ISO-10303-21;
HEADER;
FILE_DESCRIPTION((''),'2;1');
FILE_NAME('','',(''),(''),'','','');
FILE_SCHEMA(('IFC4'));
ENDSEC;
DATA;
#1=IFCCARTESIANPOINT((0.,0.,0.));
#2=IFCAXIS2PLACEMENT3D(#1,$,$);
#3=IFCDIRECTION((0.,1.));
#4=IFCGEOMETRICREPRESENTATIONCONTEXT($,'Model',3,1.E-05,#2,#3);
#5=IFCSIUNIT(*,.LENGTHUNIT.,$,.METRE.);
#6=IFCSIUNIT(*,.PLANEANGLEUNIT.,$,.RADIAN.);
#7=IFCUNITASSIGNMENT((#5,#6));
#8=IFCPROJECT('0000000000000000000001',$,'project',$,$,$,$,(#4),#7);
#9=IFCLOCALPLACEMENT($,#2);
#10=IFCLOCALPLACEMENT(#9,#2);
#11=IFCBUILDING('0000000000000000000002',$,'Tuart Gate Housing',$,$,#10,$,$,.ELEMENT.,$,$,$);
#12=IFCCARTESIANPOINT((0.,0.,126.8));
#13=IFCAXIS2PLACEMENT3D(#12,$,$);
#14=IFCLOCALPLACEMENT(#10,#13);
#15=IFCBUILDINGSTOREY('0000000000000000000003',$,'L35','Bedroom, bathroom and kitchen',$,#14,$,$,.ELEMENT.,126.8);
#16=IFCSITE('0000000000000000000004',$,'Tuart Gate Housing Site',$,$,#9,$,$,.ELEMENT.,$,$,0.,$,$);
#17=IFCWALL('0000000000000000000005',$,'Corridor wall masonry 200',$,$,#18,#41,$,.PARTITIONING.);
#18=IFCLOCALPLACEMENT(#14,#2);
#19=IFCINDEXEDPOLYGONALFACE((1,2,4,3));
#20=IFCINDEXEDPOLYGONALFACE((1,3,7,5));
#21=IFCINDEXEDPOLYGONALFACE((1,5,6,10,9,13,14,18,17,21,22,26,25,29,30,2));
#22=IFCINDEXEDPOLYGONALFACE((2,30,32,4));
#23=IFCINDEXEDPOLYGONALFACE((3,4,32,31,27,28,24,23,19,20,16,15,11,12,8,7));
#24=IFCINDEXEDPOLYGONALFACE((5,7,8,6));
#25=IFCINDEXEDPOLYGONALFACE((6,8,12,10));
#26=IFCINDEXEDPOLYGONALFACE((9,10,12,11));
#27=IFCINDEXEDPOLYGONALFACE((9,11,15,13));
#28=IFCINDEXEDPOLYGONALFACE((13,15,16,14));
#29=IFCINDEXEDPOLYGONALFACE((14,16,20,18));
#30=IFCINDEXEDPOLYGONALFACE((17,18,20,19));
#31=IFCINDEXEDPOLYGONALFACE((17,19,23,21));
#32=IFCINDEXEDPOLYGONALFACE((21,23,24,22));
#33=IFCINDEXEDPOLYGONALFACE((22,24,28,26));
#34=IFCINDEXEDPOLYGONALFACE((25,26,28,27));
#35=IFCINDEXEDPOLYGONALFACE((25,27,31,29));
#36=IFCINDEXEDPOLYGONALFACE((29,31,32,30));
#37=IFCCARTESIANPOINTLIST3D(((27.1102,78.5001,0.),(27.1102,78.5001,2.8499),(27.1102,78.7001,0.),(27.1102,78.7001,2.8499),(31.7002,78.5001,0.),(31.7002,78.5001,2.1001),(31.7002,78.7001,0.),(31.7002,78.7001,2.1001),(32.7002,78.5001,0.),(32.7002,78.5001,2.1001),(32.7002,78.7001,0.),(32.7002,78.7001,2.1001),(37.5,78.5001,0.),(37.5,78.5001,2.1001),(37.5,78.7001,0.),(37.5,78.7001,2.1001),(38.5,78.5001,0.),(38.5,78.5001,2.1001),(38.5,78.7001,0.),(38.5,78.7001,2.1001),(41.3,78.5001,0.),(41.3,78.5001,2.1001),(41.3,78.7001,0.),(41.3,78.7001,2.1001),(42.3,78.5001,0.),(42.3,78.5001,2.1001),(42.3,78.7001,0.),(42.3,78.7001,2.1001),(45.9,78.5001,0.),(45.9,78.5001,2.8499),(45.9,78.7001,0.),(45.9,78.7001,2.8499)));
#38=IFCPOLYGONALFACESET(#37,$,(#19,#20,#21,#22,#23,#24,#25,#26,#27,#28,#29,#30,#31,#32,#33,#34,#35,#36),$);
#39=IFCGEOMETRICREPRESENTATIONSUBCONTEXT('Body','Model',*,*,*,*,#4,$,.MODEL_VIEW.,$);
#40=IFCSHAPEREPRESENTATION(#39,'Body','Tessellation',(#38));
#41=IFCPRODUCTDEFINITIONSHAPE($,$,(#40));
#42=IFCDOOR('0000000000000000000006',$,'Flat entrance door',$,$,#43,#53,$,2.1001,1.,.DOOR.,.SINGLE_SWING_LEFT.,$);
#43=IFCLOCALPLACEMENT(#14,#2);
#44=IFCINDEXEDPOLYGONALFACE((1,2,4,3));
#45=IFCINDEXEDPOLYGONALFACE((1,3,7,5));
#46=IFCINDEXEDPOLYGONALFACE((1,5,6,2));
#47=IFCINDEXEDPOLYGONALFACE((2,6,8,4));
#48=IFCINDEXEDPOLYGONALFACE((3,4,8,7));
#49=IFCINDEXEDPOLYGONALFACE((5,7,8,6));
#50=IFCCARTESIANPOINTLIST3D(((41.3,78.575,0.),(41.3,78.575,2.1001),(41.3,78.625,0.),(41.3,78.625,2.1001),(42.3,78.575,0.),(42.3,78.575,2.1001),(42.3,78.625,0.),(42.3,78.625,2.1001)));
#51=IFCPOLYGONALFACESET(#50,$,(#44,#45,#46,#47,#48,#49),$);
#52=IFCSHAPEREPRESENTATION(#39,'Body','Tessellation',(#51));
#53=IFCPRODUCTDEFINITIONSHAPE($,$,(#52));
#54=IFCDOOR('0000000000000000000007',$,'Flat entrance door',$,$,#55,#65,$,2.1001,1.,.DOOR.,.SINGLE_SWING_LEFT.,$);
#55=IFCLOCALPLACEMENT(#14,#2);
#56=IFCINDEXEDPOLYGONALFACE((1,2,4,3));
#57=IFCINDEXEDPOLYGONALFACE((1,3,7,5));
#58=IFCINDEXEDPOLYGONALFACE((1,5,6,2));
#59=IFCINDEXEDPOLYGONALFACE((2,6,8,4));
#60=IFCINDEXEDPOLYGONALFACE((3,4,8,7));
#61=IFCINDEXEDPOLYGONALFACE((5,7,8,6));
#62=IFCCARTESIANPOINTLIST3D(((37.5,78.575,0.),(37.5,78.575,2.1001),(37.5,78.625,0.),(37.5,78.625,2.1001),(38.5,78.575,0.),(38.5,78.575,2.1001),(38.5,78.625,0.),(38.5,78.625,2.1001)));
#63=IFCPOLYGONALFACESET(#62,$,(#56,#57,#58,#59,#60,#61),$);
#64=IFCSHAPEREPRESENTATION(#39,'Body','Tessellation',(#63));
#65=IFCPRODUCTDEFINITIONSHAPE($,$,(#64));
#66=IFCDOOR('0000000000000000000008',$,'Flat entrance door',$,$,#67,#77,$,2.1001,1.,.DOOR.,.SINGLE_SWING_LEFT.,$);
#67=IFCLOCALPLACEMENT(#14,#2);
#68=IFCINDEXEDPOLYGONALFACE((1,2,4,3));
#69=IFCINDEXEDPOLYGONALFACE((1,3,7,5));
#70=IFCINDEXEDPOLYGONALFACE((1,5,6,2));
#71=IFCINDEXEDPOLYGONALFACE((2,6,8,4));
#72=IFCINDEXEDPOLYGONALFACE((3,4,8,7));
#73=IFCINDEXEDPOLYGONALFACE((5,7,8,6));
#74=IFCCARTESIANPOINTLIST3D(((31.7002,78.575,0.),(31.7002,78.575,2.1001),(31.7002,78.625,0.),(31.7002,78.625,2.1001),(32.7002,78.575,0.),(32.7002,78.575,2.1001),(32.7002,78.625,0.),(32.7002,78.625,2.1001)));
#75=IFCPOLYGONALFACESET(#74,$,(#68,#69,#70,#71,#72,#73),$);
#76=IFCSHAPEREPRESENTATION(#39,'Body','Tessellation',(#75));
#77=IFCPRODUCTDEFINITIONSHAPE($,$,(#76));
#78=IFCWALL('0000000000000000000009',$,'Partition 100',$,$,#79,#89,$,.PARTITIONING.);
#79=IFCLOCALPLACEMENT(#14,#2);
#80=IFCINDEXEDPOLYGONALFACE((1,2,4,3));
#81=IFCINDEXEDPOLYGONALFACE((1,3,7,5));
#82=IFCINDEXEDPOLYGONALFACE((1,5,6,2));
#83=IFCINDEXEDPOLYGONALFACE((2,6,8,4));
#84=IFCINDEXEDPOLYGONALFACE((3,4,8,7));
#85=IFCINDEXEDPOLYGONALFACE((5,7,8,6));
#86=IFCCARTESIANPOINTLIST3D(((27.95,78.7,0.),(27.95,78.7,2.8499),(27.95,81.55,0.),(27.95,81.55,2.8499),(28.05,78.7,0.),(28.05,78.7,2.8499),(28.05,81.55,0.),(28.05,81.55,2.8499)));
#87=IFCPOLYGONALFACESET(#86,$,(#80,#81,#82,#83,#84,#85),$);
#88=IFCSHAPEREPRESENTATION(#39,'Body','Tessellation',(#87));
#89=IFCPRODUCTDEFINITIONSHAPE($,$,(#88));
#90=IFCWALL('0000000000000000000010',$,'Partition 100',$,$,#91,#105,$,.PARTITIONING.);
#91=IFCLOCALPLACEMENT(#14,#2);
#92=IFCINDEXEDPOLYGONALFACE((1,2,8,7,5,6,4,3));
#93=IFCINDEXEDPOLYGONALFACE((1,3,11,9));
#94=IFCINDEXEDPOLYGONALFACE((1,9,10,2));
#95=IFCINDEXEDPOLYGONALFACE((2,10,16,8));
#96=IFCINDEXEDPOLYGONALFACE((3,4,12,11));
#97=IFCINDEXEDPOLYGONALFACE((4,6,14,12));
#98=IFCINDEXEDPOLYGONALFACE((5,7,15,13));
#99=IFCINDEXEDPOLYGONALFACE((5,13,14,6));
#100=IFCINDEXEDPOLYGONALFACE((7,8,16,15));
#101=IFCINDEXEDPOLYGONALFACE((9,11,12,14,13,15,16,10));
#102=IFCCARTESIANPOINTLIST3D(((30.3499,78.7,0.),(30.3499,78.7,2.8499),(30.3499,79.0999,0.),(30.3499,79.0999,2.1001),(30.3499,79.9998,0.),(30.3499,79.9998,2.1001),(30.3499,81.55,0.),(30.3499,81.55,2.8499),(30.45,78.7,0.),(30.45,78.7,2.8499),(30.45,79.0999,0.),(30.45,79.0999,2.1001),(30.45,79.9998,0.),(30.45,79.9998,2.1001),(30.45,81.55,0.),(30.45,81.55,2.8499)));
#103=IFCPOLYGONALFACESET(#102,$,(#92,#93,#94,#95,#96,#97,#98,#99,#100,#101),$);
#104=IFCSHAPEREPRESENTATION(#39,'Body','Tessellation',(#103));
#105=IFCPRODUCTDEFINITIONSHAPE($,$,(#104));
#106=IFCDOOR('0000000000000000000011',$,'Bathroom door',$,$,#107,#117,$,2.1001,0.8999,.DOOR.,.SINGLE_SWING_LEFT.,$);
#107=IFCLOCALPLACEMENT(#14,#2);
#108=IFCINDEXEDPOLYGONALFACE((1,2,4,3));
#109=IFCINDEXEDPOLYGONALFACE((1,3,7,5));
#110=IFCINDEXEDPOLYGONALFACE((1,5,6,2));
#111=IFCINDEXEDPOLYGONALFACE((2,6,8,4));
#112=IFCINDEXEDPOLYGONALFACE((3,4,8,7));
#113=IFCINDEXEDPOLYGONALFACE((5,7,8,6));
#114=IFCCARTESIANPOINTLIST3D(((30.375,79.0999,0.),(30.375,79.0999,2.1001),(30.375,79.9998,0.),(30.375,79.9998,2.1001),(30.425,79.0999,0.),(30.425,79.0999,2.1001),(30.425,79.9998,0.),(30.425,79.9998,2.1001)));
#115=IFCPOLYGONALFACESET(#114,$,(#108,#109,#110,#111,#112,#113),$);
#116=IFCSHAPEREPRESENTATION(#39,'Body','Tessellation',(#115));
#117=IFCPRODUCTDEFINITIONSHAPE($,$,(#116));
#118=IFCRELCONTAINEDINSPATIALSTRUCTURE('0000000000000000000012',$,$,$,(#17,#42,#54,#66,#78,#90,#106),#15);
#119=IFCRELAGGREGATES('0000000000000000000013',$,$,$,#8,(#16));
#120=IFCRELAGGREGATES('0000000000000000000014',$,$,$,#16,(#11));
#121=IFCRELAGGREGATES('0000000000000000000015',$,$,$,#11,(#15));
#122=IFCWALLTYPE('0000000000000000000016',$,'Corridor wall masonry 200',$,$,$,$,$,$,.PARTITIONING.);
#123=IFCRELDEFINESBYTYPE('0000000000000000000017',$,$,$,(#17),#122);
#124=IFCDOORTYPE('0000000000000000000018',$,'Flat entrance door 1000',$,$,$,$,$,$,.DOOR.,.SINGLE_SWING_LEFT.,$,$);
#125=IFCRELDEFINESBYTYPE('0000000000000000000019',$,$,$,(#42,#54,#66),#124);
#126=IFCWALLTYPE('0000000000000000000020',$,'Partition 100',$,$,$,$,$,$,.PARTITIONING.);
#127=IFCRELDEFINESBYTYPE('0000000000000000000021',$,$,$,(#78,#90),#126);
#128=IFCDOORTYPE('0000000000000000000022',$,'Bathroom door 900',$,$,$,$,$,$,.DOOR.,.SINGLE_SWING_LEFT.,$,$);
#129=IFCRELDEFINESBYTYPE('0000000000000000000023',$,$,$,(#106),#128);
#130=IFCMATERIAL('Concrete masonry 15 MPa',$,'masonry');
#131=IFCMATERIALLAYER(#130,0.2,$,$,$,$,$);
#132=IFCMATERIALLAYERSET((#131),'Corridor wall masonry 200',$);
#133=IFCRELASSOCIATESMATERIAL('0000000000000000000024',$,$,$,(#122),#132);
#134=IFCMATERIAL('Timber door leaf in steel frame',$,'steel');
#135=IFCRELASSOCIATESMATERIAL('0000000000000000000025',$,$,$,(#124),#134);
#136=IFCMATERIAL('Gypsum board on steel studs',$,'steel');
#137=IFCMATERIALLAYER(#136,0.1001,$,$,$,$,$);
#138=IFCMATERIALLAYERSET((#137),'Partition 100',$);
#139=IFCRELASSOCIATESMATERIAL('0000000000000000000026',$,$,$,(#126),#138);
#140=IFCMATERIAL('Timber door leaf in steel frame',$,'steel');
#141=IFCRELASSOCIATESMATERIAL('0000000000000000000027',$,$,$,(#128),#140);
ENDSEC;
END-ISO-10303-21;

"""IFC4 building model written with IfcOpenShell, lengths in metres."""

from ifc_helpers import new_model, si_unit, direction, frame, frame_2d, origin, place, context, subcontext, project, spatial, rectangle, extrude, material, layer, layer_set, type_object, element, fill, save


model = new_model("IFC4")

# Units and contexts
model_context = context("Model", 3, precision=1e-05, world=origin(), true_north=direction((0.0, 1.0)))
body_context = subcontext(model_context, "Body", "Model", "MODEL_VIEW")
ifc_project = project(units=[si_unit("LENGTHUNIT", "METRE"), si_unit("PLANEANGLEUNIT", "RADIAN")], contexts=[model_context])

# Site, building, storey
site_placement = place(None, origin())
site = spatial("IfcSite", under=ifc_project, at=site_placement, Name="Tuart Gate Housing Site", CompositionType="ELEMENT", RefElevation=0.0)
building_placement = place(site_placement, origin())
building = spatial("IfcBuilding", under=site, at=building_placement, Name="Tuart Gate Housing", CompositionType="ELEMENT")
storey_placement = place(building_placement, frame((0.0, 0.0, 126.8)))
storey = spatial("IfcBuildingStorey", under=building, at=storey_placement, Name="L35", Description="Bedroom, bathroom and kitchen", CompositionType="ELEMENT", Elevation=126.8)

# Wall, openings, doors
ifc_material_1 = material(Name="Concrete masonry 15 MPa", Category="masonry")
ifc_layer_1 = layer(ifc_material_1, 0.2)
ifc_layer_set_1 = layer_set([ifc_layer_1], Name="Corridor wall masonry 200")
wall_type_1 = type_object("IfcWallType", Name="Corridor wall masonry 200", PredefinedType="PARTITIONING", material=ifc_layer_set_1)
wall_1_placement = place(storey_placement, frame((27.1101, 78.6001, 0.0), z_axis=(0.0, 0.0, 1.0), x_axis=(1.0, 0.0, 0.0)))
wall_1 = element("IfcWall", 1, at=wall_1_placement, inside=storey, type_object=wall_type_1, Name="Corridor wall masonry 200", PredefinedType="PARTITIONING", context=body_context, shape_type="SweptSolid", body=[
    extrude(rectangle(XDim=18.7898, YDim=0.2, at=frame_2d((9.395, 0.0))), origin(), (0.0, 0.0, 1.0), 2.8499),
])
opening_1_placement = place(wall_1_placement, frame((14.1899, 0.0, 0.0)))
opening_1 = element("IfcOpeningElement", 2, at=opening_1_placement, cuts=wall_1, PredefinedType="OPENING", context=body_context, shape_type="SweptSolid", body=[
    extrude(rectangle(XDim=1.0, YDim=2.1001, at=frame_2d((0.5, 1.05))), frame((0.0, 0.1099, 0.0), z_axis=(0.0, -1.0, 0.0), x_axis=(1.0, 0.0, 0.0)), (0.0, 0.0, 1.0), 0.22),
])
opening_2_placement = place(wall_1_placement, frame((10.3899, 0.0, 0.0)))
opening_2 = element("IfcOpeningElement", 3, at=opening_2_placement, cuts=wall_1, PredefinedType="OPENING", context=body_context, shape_type="SweptSolid", body=[
    extrude(rectangle(XDim=1.0, YDim=2.1001, at=frame_2d((0.5, 1.05))), frame((0.0, 0.1099, 0.0), z_axis=(0.0, -1.0, 0.0), x_axis=(1.0, 0.0, 0.0)), (0.0, 0.0, 1.0), 0.22),
])
opening_3_placement = place(wall_1_placement, frame((4.5901, 0.0, 0.0)))
opening_3 = element("IfcOpeningElement", 4, at=opening_3_placement, cuts=wall_1, PredefinedType="OPENING", context=body_context, shape_type="SweptSolid", body=[
    extrude(rectangle(XDim=1.0, YDim=2.1001, at=frame_2d((0.5, 1.05))), frame((0.0, 0.1099, 0.0), z_axis=(0.0, -1.0, 0.0), x_axis=(1.0, 0.0, 0.0)), (0.0, 0.0, 1.0), 0.22),
])
ifc_material_2 = material(Name="Timber door leaf in steel frame", Category="steel")
door_type_1 = type_object("IfcDoorType", Name="Flat entrance door 1000", OperationType="SINGLE_SWING_LEFT", PredefinedType="DOOR", material=ifc_material_2)
door_1_placement = place(opening_1_placement, origin())
door_1 = element("IfcDoor", 5, at=door_1_placement, inside=storey, type_object=door_type_1, Name="Flat entrance door", OperationType="SINGLE_SWING_LEFT", OverallHeight=2.1001, OverallWidth=1.0, PredefinedType="DOOR", context=body_context, shape_type="SweptSolid", body=[
    extrude(rectangle(XDim=1.0, YDim=2.1001, at=frame_2d((0.5, 1.05))), frame((0.0, 0.0249, 0.0), z_axis=(0.0, -1.0, 0.0), x_axis=(1.0, 0.0, 0.0)), (0.0, 0.0, 1.0), 0.05),
])
fill(opening_1, door_1)
door_2_placement = place(opening_2_placement, origin())
door_2 = element("IfcDoor", 6, at=door_2_placement, inside=storey, type_object=door_type_1, Name="Flat entrance door", OperationType="SINGLE_SWING_LEFT", OverallHeight=2.1001, OverallWidth=1.0, PredefinedType="DOOR", context=body_context, shape_type="SweptSolid", body=[
    extrude(rectangle(XDim=1.0, YDim=2.1001, at=frame_2d((0.5, 1.05))), frame((0.0, 0.0249, 0.0), z_axis=(0.0, -1.0, 0.0), x_axis=(1.0, 0.0, 0.0)), (0.0, 0.0, 1.0), 0.05),
])
fill(opening_2, door_2)
door_3_placement = place(opening_3_placement, origin())
door_3 = element("IfcDoor", 7, at=door_3_placement, inside=storey, type_object=door_type_1, Name="Flat entrance door", OperationType="SINGLE_SWING_LEFT", OverallHeight=2.1001, OverallWidth=1.0, PredefinedType="DOOR", context=body_context, shape_type="SweptSolid", body=[
    extrude(rectangle(XDim=1.0, YDim=2.1001, at=frame_2d((0.5, 1.05))), frame((0.0, 0.0249, 0.0), z_axis=(0.0, -1.0, 0.0), x_axis=(1.0, 0.0, 0.0)), (0.0, 0.0, 1.0), 0.05),
])
fill(opening_3, door_3)

# Wall
ifc_material_3 = material(Name="Gypsum board on steel studs", Category="steel")
ifc_layer_2 = layer(ifc_material_3, 0.1001)
ifc_layer_set_2 = layer_set([ifc_layer_2], Name="Partition 100")
wall_type_2 = type_object("IfcWallType", Name="Partition 100", PredefinedType="PARTITIONING", material=ifc_layer_set_2)
wall_2_placement = place(storey_placement, frame((28.0, 78.7, 0.0), z_axis=(0.0, 0.0, 1.0), x_axis=(0.0, 1.0, 0.0)))
element("IfcWall", 8, at=wall_2_placement, inside=storey, type_object=wall_type_2, Name="Partition 100", PredefinedType="PARTITIONING", context=body_context, shape_type="SweptSolid", body=[
    extrude(rectangle(XDim=2.8501, YDim=0.1001, at=frame_2d((1.425, 0.0))), origin(), (0.0, 0.0, 1.0), 2.8499),
])

# Wall, opening, door
wall_3_placement = place(storey_placement, frame((30.3999, 78.7, 0.0), z_axis=(0.0, 0.0, 1.0), x_axis=(0.0, 1.0, 0.0)))
wall_3 = element("IfcWall", 9, at=wall_3_placement, inside=storey, type_object=wall_type_2, Name="Partition 100", PredefinedType="PARTITIONING", context=body_context, shape_type="SweptSolid", body=[
    extrude(rectangle(XDim=2.8501, YDim=0.1001, at=frame_2d((1.425, 0.0))), origin(), (0.0, 0.0, 1.0), 2.8499),
])
opening_4_placement = place(wall_3_placement, frame((0.3999, 0.0, 0.0)))
opening_4 = element("IfcOpeningElement", 10, at=opening_4_placement, cuts=wall_3, PredefinedType="OPENING", context=body_context, shape_type="SweptSolid", body=[
    extrude(rectangle(XDim=0.8999, YDim=2.1001, at=frame_2d((0.45, 1.05))), frame((0.0, 0.0601, 0.0), z_axis=(0.0, -1.0, 0.0), x_axis=(1.0, 0.0, 0.0)), (0.0, 0.0, 1.0), 0.1201),
])
ifc_material_4 = material(Name="Timber door leaf in steel frame", Category="steel")
door_type_2 = type_object("IfcDoorType", Name="Bathroom door 900", OperationType="SINGLE_SWING_LEFT", PredefinedType="DOOR", material=ifc_material_4)
door_4_placement = place(opening_4_placement, origin())
door_4 = element("IfcDoor", 11, at=door_4_placement, inside=storey, type_object=door_type_2, Name="Bathroom door", OperationType="SINGLE_SWING_LEFT", OverallHeight=2.1001, OverallWidth=0.8999, PredefinedType="DOOR", context=body_context, shape_type="SweptSolid", body=[
    extrude(rectangle(XDim=0.8999, YDim=2.1001, at=frame_2d((0.45, 1.05))), frame((0.0, 0.0249, 0.0), z_axis=(0.0, -1.0, 0.0), x_axis=(1.0, 0.0, 0.0)), (0.0, 0.0, 1.0), 0.05),
])
fill(opening_4, door_4)

save(model, "model.ifc")
